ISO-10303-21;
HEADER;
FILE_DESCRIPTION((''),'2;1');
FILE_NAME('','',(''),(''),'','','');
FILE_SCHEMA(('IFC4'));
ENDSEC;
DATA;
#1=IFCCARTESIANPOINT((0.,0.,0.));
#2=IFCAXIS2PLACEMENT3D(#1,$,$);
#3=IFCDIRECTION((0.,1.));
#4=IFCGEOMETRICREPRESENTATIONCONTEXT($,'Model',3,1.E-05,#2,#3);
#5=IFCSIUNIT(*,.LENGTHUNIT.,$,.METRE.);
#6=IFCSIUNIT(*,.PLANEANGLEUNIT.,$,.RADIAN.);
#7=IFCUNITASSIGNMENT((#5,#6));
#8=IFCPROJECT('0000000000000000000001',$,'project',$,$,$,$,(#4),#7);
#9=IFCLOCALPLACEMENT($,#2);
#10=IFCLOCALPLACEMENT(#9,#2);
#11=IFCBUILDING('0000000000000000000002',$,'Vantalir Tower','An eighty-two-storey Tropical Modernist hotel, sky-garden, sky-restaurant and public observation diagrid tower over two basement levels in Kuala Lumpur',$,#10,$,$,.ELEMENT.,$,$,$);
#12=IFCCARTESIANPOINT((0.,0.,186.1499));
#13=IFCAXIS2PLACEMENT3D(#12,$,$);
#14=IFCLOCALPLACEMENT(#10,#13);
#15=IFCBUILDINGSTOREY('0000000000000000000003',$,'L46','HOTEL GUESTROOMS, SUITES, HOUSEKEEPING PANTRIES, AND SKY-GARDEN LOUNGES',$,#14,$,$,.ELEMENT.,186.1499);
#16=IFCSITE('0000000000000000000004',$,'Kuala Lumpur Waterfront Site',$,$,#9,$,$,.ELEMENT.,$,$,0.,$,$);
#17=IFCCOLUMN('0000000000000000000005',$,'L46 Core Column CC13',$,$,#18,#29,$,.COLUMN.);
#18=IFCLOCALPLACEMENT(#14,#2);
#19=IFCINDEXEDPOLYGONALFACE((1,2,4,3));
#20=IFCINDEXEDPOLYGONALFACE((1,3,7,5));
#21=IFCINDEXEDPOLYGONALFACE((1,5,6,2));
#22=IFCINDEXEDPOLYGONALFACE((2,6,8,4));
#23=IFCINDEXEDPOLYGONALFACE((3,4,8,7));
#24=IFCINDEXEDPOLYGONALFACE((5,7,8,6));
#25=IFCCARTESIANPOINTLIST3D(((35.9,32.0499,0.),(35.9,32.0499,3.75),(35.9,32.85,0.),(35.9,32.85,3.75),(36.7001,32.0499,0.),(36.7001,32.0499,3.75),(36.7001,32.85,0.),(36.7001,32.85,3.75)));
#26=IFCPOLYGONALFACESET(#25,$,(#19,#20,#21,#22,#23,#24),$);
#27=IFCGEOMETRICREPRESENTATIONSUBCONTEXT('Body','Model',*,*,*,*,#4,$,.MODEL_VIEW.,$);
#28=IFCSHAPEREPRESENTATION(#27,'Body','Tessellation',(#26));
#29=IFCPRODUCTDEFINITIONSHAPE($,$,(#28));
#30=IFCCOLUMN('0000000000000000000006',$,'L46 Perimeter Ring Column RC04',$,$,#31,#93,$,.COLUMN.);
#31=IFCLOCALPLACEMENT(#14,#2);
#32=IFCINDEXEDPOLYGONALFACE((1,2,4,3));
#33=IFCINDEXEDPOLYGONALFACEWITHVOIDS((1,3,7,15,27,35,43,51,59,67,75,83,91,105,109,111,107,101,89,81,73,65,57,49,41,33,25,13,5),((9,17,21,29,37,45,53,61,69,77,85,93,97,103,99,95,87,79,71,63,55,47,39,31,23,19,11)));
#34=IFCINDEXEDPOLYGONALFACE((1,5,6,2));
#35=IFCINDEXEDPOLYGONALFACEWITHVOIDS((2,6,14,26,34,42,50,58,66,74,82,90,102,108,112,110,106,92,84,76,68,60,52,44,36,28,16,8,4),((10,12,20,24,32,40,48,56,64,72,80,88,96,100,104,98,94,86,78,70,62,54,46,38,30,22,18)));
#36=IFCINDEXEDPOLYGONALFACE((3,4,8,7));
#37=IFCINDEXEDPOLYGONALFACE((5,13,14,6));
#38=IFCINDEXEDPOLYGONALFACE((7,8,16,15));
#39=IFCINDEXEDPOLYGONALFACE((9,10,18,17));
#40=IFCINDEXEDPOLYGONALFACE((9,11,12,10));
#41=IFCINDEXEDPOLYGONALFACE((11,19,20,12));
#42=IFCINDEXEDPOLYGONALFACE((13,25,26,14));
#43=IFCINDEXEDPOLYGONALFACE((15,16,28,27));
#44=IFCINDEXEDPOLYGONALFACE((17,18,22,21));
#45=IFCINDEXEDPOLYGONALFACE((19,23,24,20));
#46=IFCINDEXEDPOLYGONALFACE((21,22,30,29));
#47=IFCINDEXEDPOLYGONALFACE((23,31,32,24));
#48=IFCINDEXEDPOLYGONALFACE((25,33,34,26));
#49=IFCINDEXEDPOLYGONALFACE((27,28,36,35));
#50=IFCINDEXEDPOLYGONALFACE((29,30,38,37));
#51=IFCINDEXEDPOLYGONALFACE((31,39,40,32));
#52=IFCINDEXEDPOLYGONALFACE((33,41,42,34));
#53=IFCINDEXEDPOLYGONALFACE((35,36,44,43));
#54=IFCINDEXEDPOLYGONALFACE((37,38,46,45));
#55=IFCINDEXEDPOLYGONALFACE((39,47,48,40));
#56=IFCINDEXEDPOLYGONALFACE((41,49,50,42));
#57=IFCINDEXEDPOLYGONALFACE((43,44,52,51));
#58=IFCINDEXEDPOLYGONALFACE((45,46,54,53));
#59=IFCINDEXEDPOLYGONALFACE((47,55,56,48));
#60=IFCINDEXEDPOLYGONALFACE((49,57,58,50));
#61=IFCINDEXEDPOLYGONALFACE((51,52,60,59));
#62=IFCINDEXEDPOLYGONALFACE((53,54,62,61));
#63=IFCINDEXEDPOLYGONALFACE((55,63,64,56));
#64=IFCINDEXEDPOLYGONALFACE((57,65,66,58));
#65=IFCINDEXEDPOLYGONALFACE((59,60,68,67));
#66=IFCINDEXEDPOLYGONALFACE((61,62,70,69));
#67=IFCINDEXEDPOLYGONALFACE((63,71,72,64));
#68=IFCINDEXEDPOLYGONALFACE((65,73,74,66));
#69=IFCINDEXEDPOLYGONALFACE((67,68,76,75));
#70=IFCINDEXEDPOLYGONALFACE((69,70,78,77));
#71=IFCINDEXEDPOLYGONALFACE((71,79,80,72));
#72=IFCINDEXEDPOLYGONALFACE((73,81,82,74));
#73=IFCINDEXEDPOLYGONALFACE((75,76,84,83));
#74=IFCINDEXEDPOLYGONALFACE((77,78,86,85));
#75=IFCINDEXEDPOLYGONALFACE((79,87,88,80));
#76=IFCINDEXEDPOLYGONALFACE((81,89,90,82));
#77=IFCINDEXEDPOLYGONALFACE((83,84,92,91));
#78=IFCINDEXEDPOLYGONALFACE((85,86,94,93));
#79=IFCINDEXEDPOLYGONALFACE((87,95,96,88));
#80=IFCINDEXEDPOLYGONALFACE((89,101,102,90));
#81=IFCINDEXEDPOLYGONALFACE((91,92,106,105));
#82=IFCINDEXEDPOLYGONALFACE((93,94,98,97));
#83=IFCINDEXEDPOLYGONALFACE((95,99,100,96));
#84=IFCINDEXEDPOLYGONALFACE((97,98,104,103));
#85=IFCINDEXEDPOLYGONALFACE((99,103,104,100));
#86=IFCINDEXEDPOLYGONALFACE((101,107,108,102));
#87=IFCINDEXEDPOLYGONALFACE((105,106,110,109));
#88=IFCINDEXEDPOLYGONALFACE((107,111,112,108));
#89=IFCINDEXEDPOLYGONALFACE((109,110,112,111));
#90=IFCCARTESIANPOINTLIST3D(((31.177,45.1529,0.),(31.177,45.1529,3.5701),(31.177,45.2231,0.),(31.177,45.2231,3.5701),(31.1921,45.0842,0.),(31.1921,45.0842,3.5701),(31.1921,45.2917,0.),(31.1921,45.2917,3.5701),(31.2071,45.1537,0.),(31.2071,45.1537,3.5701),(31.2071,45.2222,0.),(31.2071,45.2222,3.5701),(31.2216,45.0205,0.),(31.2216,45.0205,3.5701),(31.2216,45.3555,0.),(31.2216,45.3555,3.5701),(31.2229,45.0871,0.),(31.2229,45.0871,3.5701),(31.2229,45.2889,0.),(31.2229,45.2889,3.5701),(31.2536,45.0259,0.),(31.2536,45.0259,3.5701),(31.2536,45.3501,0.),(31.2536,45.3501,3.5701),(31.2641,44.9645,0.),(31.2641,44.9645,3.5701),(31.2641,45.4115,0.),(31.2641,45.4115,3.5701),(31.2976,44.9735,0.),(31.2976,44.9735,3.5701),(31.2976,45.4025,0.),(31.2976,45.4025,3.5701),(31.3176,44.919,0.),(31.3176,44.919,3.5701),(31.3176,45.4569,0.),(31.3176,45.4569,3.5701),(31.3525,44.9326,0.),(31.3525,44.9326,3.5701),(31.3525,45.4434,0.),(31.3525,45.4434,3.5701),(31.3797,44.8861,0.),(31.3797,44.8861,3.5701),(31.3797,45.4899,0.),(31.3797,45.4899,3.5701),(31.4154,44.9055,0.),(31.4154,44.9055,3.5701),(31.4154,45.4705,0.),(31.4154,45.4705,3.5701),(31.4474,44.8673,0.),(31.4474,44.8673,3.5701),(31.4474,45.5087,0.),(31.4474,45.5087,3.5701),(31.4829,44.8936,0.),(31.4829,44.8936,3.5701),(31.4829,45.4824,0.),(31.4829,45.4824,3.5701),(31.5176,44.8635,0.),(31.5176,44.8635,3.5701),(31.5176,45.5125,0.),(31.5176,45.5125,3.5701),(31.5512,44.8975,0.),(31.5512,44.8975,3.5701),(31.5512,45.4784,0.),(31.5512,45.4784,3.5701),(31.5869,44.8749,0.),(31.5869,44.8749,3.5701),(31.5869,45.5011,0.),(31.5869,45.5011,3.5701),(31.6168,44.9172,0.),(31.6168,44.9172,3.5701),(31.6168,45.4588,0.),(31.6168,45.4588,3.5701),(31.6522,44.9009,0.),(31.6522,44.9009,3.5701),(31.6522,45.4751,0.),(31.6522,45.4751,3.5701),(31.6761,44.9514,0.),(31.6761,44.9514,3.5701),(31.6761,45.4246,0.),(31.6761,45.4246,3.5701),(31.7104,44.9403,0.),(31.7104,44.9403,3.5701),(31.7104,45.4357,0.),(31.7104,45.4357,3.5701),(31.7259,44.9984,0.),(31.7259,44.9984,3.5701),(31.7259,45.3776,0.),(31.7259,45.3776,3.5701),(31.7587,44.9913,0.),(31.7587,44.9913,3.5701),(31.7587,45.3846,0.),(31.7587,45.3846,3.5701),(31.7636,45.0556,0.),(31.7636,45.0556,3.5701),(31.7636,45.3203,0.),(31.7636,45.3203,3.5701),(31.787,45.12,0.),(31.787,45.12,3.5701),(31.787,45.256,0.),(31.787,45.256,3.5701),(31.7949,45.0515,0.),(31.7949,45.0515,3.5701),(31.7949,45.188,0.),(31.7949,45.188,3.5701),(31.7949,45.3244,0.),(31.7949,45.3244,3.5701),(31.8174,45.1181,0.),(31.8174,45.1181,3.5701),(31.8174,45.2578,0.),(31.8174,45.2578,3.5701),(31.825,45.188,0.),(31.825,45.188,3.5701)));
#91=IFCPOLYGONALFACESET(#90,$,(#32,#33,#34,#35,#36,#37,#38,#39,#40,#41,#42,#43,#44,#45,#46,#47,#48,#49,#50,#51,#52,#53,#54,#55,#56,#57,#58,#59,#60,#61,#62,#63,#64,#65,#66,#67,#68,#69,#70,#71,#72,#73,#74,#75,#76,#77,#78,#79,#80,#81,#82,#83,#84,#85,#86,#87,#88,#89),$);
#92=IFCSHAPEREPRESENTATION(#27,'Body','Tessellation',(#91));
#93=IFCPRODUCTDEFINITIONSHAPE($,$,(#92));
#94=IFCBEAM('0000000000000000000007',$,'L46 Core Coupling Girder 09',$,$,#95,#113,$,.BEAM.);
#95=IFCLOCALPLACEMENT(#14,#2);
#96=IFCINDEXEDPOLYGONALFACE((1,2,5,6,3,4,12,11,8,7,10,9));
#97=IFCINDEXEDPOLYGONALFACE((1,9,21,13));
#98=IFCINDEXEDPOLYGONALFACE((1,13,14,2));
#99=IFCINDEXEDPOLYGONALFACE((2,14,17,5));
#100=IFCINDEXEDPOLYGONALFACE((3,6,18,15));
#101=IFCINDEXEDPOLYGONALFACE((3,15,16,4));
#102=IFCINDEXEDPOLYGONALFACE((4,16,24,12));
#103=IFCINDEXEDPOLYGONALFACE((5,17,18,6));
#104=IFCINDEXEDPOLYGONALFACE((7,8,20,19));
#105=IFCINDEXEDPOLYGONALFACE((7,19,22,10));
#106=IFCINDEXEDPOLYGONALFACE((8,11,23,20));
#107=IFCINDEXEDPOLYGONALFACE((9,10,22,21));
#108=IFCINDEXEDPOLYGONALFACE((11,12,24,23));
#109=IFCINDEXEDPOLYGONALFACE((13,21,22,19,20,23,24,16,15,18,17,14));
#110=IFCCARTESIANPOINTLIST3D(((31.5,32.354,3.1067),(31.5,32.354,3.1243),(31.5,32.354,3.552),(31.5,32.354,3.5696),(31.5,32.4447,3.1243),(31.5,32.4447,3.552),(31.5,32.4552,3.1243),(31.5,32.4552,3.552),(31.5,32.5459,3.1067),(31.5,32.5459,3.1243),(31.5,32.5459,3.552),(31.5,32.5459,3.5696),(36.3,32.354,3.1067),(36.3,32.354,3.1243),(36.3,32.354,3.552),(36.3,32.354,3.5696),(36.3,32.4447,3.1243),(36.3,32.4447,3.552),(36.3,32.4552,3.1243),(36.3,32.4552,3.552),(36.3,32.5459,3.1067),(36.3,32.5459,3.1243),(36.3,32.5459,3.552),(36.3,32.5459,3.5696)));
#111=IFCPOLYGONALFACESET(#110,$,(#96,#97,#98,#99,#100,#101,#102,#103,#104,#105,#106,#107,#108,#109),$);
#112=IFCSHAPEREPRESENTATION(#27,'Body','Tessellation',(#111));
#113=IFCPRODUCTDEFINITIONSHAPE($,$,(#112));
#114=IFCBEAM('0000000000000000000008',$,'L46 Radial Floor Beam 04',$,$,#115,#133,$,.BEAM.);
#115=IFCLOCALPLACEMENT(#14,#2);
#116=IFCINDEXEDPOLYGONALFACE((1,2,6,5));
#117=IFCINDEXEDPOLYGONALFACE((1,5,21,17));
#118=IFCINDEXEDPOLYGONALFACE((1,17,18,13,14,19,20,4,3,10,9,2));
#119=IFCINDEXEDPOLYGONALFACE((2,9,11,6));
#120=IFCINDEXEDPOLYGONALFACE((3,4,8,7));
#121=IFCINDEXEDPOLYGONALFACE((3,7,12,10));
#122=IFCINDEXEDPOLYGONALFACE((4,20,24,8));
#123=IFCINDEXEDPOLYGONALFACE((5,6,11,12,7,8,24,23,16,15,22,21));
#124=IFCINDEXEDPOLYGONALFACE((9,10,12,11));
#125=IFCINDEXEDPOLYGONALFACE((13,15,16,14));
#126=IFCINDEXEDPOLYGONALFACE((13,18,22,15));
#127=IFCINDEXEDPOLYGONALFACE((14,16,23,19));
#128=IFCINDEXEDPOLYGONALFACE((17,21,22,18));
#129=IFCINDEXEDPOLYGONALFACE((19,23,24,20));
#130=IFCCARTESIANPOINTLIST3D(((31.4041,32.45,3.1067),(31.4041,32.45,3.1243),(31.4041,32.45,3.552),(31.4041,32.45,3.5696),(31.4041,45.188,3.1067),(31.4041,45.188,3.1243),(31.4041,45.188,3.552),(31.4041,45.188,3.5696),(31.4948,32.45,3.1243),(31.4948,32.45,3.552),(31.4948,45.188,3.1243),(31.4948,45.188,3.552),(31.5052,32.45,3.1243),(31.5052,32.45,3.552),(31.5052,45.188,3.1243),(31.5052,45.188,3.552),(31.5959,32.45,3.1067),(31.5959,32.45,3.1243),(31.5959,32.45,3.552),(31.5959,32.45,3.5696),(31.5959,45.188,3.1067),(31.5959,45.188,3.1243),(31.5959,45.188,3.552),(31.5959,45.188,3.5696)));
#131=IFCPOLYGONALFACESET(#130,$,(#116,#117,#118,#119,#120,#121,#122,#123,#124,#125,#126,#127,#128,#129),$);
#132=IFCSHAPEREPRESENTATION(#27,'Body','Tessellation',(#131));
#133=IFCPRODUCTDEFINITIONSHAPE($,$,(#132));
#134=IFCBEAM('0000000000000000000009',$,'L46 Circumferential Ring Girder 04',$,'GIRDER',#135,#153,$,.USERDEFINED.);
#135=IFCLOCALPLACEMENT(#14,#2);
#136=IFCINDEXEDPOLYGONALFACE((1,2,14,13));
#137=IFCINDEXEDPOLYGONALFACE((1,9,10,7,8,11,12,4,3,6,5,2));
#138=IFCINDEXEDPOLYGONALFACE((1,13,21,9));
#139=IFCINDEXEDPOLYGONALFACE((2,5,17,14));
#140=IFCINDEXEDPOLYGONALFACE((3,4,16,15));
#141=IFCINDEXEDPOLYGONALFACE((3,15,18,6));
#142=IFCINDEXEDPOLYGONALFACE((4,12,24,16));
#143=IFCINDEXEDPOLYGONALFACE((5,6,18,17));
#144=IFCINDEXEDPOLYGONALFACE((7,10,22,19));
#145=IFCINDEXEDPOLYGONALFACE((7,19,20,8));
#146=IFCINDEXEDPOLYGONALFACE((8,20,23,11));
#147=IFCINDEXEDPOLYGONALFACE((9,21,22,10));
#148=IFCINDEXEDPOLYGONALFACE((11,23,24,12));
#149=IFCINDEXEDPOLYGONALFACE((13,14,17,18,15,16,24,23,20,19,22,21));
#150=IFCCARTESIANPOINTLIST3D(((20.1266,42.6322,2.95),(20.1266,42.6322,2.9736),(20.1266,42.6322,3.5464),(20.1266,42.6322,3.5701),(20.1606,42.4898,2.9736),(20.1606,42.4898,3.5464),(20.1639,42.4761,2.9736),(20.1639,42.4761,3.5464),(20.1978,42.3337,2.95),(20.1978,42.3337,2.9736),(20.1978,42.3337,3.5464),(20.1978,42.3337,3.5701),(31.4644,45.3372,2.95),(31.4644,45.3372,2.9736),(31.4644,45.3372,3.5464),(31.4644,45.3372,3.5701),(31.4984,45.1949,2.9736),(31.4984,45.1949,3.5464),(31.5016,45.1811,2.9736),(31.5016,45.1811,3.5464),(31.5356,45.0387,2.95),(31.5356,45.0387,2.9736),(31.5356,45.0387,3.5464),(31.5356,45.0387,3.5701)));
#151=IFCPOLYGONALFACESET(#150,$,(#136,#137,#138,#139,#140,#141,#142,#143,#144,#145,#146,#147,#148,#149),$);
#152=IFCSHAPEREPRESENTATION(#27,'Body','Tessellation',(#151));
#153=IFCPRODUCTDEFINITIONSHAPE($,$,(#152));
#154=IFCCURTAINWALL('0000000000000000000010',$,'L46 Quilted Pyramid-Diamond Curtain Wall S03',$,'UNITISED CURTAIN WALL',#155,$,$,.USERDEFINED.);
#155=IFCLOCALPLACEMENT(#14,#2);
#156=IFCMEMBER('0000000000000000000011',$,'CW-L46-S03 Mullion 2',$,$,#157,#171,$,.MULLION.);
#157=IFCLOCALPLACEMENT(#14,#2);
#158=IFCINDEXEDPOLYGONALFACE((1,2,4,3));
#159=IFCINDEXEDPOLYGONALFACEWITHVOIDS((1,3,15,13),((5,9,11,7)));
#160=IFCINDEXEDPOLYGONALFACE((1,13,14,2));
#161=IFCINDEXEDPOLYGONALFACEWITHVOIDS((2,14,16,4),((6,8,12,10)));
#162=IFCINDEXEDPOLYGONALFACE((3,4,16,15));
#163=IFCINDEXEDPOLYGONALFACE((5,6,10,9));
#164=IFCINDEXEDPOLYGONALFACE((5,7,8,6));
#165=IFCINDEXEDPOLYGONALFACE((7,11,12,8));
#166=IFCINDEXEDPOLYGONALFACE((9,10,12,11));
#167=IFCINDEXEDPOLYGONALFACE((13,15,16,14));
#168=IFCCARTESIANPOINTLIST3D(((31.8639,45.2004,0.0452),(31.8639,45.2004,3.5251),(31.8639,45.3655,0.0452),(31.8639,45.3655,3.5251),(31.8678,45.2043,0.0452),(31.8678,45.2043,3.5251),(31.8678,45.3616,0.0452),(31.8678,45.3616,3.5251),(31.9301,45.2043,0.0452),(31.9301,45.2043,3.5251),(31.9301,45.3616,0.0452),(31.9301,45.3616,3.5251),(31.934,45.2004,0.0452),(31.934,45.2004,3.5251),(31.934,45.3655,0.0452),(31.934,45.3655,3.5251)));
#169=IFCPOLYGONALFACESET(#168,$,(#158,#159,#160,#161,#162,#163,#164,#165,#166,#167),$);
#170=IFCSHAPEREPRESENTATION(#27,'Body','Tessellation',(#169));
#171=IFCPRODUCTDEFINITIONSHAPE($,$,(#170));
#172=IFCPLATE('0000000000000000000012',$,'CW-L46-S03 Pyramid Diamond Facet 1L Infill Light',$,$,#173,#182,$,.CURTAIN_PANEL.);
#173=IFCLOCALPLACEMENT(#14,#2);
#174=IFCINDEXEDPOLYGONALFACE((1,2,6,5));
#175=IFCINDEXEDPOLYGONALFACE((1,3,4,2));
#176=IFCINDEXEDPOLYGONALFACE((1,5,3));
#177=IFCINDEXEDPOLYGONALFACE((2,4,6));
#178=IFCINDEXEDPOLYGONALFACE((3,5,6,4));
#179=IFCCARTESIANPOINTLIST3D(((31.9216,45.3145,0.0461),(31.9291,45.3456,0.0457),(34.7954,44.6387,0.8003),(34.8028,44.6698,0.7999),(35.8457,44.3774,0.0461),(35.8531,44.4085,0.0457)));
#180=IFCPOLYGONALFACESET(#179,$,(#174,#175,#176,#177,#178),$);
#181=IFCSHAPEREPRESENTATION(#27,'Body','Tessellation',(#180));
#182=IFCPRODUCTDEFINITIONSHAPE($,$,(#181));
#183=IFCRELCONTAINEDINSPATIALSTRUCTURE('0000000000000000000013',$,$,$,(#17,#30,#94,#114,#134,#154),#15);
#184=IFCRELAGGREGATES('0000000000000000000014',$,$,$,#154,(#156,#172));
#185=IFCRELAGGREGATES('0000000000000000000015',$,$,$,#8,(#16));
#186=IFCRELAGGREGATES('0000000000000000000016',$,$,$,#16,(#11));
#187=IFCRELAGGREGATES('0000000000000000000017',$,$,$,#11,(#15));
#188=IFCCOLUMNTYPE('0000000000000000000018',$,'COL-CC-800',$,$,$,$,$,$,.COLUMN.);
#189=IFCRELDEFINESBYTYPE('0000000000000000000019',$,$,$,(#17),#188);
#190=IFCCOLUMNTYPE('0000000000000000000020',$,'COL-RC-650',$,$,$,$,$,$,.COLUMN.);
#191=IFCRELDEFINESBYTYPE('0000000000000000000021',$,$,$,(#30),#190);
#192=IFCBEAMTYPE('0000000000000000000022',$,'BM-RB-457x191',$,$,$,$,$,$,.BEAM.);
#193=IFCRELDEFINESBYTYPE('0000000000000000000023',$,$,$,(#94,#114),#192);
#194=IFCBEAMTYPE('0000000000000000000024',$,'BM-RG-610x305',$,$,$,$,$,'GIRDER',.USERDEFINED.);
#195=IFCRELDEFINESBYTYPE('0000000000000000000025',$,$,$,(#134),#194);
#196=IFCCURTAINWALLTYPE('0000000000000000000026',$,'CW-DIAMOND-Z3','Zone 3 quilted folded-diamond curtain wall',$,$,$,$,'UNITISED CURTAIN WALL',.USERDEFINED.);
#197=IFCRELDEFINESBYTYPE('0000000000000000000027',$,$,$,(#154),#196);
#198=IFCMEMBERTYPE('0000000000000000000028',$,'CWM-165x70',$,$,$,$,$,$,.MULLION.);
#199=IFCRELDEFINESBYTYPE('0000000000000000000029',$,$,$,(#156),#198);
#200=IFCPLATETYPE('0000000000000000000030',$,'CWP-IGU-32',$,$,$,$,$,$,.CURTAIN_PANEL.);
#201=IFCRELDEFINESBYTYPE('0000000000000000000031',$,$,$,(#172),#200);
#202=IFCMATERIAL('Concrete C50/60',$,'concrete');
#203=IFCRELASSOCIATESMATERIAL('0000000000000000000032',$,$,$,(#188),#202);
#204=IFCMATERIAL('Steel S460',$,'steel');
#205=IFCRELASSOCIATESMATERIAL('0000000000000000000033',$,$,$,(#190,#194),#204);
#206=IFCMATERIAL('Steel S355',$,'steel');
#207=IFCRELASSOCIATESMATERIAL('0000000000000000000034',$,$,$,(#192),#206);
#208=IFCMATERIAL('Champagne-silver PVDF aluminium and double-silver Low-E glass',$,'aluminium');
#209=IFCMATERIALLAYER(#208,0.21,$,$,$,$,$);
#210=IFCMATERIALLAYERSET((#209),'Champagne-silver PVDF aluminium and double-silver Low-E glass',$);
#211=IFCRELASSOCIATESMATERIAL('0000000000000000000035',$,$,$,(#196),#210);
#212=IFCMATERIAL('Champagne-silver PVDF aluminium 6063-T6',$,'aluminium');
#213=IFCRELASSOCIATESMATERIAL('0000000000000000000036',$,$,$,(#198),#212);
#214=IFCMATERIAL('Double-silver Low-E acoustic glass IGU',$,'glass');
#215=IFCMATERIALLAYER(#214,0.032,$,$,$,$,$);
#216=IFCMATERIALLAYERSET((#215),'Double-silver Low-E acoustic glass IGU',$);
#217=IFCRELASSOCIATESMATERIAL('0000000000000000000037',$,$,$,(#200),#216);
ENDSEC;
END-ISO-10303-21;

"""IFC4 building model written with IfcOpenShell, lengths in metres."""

from ifc_helpers import new_model, si_unit, direction, frame, origin, origin_2d, place, context, subcontext, project, spatial, polyline, rectangle, hollow_rectangle, hollow_circle, i_section, outline, extrude, material, layer, layer_set, material_profile, profile_set, type_object, element, aggregate, save


model = new_model("IFC4")

# Units and contexts
model_context = context("Model", 3, precision=1e-05, world=origin(), true_north=direction((0.0, 1.0)))
body_context = subcontext(model_context, "Body", "Model", "MODEL_VIEW")
ifc_project = project(units=[si_unit("LENGTHUNIT", "METRE"), si_unit("PLANEANGLEUNIT", "RADIAN")], contexts=[model_context])

# Site, building, storey
site_placement = place(None, origin())
site = spatial("IfcSite", under=ifc_project, at=site_placement, Name="Kuala Lumpur Waterfront Site", CompositionType="ELEMENT", RefElevation=0.0)
building_placement = place(site_placement, origin())
building = spatial("IfcBuilding", under=site, at=building_placement, Name="Vantalir Tower", Description="An eighty-two-storey Tropical Modernist hotel, sky-garden, sky-restaurant and public observation diagrid tower over two basement levels in Kuala Lumpur", CompositionType="ELEMENT")
storey_placement = place(building_placement, frame((0.0, 0.0, 186.1499)))
storey = spatial("IfcBuildingStorey", under=building, at=storey_placement, Name="L46", Description="HOTEL GUESTROOMS, SUITES, HOUSEKEEPING PANTRIES, AND SKY-GARDEN LOUNGES", CompositionType="ELEMENT", Elevation=186.1499)

# Columns
ifc_material_1 = material(Name="Concrete C50/60", Category="concrete")
ifc_material_profile_1 = material_profile(ifc_material_1, rectangle(XDim=0.8, YDim=0.8, at=origin_2d()), Name="Concrete C50/60")
ifc_profile_set_1 = profile_set([ifc_material_profile_1], Name="Concrete C50/60")
column_type_1 = type_object("IfcColumnType", Name="COL-CC-800", PredefinedType="COLUMN", material=ifc_profile_set_1)
column_1_placement = place(storey_placement, frame((36.3, 32.45, 0.0), z_axis=(0.0, 0.0, 1.0), x_axis=(1.0, 0.0, 0.0)))
element("IfcColumn", 1, at=column_1_placement, inside=storey, type_object=column_type_1, Name="L46 Core Column CC13", PredefinedType="COLUMN", context=body_context, shape_type="SweptSolid", body=[
    extrude(rectangle(XDim=0.8, YDim=0.8, at=origin_2d()), origin(), (0.0, 0.0, 1.0), 3.75),
])
ifc_material_2 = material(Name="Steel S460", Category="steel")
ifc_material_profile_2 = material_profile(ifc_material_2, hollow_circle(Radius=0.325, WallThickness=0.03, at=origin_2d()), Name="Steel S460")
ifc_profile_set_2 = profile_set([ifc_material_profile_2], Name="Steel S460")
column_type_2 = type_object("IfcColumnType", Name="COL-RC-650", PredefinedType="COLUMN", material=ifc_profile_set_2)
column_2_placement = place(storey_placement, frame((31.5, 45.188, 0.0), z_axis=(0.0, 0.0, 1.0), x_axis=(1.0, 0.0, 0.0)))
element("IfcColumn", 2, at=column_2_placement, inside=storey, type_object=column_type_2, Name="L46 Perimeter Ring Column RC04", PredefinedType="COLUMN", context=body_context, shape_type="SweptSolid", body=[
    extrude(hollow_circle(Radius=0.325, WallThickness=0.03, at=origin_2d()), origin(), (0.0, 0.0, 1.0), 3.5701),
])

# Beams
ifc_material_3 = material(Name="Steel S355", Category="steel")
ifc_material_profile_3 = material_profile(ifc_material_3, i_section(OverallWidth=0.1919, OverallDepth=0.4629, WebThickness=0.0105, FlangeThickness=0.0176, at=origin_2d()), Name="Steel S355")
ifc_profile_set_3 = profile_set([ifc_material_profile_3], Name="Steel S355")
beam_type_1 = type_object("IfcBeamType", Name="BM-RB-457x191", PredefinedType="BEAM", material=ifc_profile_set_3)
beam_1_placement = place(storey_placement, frame((36.3, 32.45, 3.3381), z_axis=(-1.0, 0.0, 0.0), x_axis=(0.0, -1.0, 0.0)))
element("IfcBeam", 3, at=beam_1_placement, inside=storey, type_object=beam_type_1, Name="L46 Core Coupling Girder 09", PredefinedType="BEAM", context=body_context, shape_type="SweptSolid", body=[
    extrude(i_section(OverallWidth=0.1919, OverallDepth=0.4629, WebThickness=0.0105, FlangeThickness=0.0176, at=origin_2d()), origin(), (0.0, 0.0, 1.0), 4.8),
])
beam_2_placement = place(storey_placement, frame((31.5, 45.188, 3.3381), z_axis=(0.0, -1.0, 0.0), x_axis=(1.0, 0.0, 0.0)))
element("IfcBeam", 4, at=beam_2_placement, inside=storey, type_object=beam_type_1, Name="L46 Radial Floor Beam 04", PredefinedType="BEAM", context=body_context, shape_type="SweptSolid", body=[
    extrude(i_section(OverallWidth=0.1919, OverallDepth=0.4629, WebThickness=0.0105, FlangeThickness=0.0176, at=origin_2d()), origin(), (0.0, 0.0, 1.0), 12.738),
])
ifc_material_profile_4 = material_profile(ifc_material_2, i_section(OverallWidth=0.3069, OverallDepth=0.6201, WebThickness=0.0142, FlangeThickness=0.0237, at=origin_2d()), Name="Steel S460")
ifc_profile_set_4 = profile_set([ifc_material_profile_4], Name="Steel S460")
beam_type_2 = type_object("IfcBeamType", Name="BM-RG-610x305", ElementType="GIRDER", PredefinedType="USERDEFINED", material=ifc_profile_set_4)
beam_3_placement = place(storey_placement, frame((31.5, 45.188, 3.26), z_axis=(-0.972698, -0.232074, 0.0), x_axis=(0.232074, -0.972698, 0.0)))
element("IfcBeam", 5, at=beam_3_placement, inside=storey, type_object=beam_type_2, Name="L46 Circumferential Ring Girder 04", ObjectType="GIRDER", PredefinedType="USERDEFINED", context=body_context, shape_type="SweptSolid", body=[
    extrude(i_section(OverallWidth=0.3069, OverallDepth=0.6201, WebThickness=0.0142, FlangeThickness=0.0237, at=origin_2d()), origin(), (0.0, 0.0, 1.0), 11.656),
])

# Curtain wall, member, plate
ifc_material_4 = material(Name="Champagne-silver PVDF aluminium and double-silver Low-E glass", Category="aluminium")
ifc_layer_1 = layer(ifc_material_4, 0.21)
ifc_layer_set_1 = layer_set([ifc_layer_1], Name="Champagne-silver PVDF aluminium and double-silver Low-E glass")
curtain_wall_type = type_object("IfcCurtainWallType", Name="CW-DIAMOND-Z3", Description="Zone 3 quilted folded-diamond curtain wall", ElementType="UNITISED CURTAIN WALL", PredefinedType="USERDEFINED", material=ifc_layer_set_1)
curtain_wall_placement = place(storey_placement, origin())
curtain_wall = element("IfcCurtainWall", 6, at=curtain_wall_placement, inside=storey, type_object=curtain_wall_type, Name="L46 Quilted Pyramid-Diamond Curtain Wall S03", ObjectType="UNITISED CURTAIN WALL", PredefinedType="USERDEFINED")
ifc_material_5 = material(Name="Champagne-silver PVDF aluminium 6063-T6", Category="aluminium")
ifc_material_profile_5 = material_profile(ifc_material_5, hollow_rectangle(XDim=0.0701, YDim=0.165, WallThickness=0.0039, at=origin_2d()), Name="Champagne-silver PVDF aluminium 6063-T6")
ifc_profile_set_5 = profile_set([ifc_material_profile_5], Name="Champagne-silver PVDF aluminium 6063-T6")
member_type = type_object("IfcMemberType", Name="CWM-165x70", PredefinedType="MULLION", material=ifc_profile_set_5)
member_placement = place(storey_placement, frame((31.8989, 45.283, 0.0452), z_axis=(0.0, 0.0, 1.0), x_axis=(1.0, 0.0, 0.0)))
member = element("IfcMember", 7, at=member_placement, type_object=member_type, Name="CW-L46-S03 Mullion 2", PredefinedType="MULLION", context=body_context, shape_type="SweptSolid", body=[
    extrude(hollow_rectangle(XDim=0.0701, YDim=0.165, WallThickness=0.0039, at=origin_2d()), origin(), (0.0, 0.0, 1.0), 3.48),
])
ifc_material_6 = material(Name="Double-silver Low-E acoustic glass IGU", Category="glass")
ifc_layer_2 = layer(ifc_material_6, 0.032)
ifc_layer_set_2 = layer_set([ifc_layer_2], Name="Double-silver Low-E acoustic glass IGU")
plate_type = type_object("IfcPlateType", Name="CWP-IGU-32", PredefinedType="CURTAIN_PANEL", material=ifc_layer_set_2)
plate_1_placement = place(storey_placement, frame((35.8457, 44.3774, 0.0461), z_axis=(-0.232235, -0.972567, 0.013458), x_axis=(-0.972655, 0.232256, 0.0)))
plate_1 = element("IfcPlate", 8, at=plate_1_placement, type_object=plate_type, Name="CW-L46-S03 Pyramid Diamond Facet 1L Infill Light", PredefinedType="CURTAIN_PANEL", context=body_context, shape_type="SweptSolid", body=[
    extrude(outline(polyline([(0.0, 0.0), (4.0344, 0.0), (1.0822, -0.7542), (0.0, 0.0)])), origin(), (0.0, 0.0, -1.0), 0.032),
])
aggregate(curtain_wall, [member, plate_1])

save(model, "model.ifc")
